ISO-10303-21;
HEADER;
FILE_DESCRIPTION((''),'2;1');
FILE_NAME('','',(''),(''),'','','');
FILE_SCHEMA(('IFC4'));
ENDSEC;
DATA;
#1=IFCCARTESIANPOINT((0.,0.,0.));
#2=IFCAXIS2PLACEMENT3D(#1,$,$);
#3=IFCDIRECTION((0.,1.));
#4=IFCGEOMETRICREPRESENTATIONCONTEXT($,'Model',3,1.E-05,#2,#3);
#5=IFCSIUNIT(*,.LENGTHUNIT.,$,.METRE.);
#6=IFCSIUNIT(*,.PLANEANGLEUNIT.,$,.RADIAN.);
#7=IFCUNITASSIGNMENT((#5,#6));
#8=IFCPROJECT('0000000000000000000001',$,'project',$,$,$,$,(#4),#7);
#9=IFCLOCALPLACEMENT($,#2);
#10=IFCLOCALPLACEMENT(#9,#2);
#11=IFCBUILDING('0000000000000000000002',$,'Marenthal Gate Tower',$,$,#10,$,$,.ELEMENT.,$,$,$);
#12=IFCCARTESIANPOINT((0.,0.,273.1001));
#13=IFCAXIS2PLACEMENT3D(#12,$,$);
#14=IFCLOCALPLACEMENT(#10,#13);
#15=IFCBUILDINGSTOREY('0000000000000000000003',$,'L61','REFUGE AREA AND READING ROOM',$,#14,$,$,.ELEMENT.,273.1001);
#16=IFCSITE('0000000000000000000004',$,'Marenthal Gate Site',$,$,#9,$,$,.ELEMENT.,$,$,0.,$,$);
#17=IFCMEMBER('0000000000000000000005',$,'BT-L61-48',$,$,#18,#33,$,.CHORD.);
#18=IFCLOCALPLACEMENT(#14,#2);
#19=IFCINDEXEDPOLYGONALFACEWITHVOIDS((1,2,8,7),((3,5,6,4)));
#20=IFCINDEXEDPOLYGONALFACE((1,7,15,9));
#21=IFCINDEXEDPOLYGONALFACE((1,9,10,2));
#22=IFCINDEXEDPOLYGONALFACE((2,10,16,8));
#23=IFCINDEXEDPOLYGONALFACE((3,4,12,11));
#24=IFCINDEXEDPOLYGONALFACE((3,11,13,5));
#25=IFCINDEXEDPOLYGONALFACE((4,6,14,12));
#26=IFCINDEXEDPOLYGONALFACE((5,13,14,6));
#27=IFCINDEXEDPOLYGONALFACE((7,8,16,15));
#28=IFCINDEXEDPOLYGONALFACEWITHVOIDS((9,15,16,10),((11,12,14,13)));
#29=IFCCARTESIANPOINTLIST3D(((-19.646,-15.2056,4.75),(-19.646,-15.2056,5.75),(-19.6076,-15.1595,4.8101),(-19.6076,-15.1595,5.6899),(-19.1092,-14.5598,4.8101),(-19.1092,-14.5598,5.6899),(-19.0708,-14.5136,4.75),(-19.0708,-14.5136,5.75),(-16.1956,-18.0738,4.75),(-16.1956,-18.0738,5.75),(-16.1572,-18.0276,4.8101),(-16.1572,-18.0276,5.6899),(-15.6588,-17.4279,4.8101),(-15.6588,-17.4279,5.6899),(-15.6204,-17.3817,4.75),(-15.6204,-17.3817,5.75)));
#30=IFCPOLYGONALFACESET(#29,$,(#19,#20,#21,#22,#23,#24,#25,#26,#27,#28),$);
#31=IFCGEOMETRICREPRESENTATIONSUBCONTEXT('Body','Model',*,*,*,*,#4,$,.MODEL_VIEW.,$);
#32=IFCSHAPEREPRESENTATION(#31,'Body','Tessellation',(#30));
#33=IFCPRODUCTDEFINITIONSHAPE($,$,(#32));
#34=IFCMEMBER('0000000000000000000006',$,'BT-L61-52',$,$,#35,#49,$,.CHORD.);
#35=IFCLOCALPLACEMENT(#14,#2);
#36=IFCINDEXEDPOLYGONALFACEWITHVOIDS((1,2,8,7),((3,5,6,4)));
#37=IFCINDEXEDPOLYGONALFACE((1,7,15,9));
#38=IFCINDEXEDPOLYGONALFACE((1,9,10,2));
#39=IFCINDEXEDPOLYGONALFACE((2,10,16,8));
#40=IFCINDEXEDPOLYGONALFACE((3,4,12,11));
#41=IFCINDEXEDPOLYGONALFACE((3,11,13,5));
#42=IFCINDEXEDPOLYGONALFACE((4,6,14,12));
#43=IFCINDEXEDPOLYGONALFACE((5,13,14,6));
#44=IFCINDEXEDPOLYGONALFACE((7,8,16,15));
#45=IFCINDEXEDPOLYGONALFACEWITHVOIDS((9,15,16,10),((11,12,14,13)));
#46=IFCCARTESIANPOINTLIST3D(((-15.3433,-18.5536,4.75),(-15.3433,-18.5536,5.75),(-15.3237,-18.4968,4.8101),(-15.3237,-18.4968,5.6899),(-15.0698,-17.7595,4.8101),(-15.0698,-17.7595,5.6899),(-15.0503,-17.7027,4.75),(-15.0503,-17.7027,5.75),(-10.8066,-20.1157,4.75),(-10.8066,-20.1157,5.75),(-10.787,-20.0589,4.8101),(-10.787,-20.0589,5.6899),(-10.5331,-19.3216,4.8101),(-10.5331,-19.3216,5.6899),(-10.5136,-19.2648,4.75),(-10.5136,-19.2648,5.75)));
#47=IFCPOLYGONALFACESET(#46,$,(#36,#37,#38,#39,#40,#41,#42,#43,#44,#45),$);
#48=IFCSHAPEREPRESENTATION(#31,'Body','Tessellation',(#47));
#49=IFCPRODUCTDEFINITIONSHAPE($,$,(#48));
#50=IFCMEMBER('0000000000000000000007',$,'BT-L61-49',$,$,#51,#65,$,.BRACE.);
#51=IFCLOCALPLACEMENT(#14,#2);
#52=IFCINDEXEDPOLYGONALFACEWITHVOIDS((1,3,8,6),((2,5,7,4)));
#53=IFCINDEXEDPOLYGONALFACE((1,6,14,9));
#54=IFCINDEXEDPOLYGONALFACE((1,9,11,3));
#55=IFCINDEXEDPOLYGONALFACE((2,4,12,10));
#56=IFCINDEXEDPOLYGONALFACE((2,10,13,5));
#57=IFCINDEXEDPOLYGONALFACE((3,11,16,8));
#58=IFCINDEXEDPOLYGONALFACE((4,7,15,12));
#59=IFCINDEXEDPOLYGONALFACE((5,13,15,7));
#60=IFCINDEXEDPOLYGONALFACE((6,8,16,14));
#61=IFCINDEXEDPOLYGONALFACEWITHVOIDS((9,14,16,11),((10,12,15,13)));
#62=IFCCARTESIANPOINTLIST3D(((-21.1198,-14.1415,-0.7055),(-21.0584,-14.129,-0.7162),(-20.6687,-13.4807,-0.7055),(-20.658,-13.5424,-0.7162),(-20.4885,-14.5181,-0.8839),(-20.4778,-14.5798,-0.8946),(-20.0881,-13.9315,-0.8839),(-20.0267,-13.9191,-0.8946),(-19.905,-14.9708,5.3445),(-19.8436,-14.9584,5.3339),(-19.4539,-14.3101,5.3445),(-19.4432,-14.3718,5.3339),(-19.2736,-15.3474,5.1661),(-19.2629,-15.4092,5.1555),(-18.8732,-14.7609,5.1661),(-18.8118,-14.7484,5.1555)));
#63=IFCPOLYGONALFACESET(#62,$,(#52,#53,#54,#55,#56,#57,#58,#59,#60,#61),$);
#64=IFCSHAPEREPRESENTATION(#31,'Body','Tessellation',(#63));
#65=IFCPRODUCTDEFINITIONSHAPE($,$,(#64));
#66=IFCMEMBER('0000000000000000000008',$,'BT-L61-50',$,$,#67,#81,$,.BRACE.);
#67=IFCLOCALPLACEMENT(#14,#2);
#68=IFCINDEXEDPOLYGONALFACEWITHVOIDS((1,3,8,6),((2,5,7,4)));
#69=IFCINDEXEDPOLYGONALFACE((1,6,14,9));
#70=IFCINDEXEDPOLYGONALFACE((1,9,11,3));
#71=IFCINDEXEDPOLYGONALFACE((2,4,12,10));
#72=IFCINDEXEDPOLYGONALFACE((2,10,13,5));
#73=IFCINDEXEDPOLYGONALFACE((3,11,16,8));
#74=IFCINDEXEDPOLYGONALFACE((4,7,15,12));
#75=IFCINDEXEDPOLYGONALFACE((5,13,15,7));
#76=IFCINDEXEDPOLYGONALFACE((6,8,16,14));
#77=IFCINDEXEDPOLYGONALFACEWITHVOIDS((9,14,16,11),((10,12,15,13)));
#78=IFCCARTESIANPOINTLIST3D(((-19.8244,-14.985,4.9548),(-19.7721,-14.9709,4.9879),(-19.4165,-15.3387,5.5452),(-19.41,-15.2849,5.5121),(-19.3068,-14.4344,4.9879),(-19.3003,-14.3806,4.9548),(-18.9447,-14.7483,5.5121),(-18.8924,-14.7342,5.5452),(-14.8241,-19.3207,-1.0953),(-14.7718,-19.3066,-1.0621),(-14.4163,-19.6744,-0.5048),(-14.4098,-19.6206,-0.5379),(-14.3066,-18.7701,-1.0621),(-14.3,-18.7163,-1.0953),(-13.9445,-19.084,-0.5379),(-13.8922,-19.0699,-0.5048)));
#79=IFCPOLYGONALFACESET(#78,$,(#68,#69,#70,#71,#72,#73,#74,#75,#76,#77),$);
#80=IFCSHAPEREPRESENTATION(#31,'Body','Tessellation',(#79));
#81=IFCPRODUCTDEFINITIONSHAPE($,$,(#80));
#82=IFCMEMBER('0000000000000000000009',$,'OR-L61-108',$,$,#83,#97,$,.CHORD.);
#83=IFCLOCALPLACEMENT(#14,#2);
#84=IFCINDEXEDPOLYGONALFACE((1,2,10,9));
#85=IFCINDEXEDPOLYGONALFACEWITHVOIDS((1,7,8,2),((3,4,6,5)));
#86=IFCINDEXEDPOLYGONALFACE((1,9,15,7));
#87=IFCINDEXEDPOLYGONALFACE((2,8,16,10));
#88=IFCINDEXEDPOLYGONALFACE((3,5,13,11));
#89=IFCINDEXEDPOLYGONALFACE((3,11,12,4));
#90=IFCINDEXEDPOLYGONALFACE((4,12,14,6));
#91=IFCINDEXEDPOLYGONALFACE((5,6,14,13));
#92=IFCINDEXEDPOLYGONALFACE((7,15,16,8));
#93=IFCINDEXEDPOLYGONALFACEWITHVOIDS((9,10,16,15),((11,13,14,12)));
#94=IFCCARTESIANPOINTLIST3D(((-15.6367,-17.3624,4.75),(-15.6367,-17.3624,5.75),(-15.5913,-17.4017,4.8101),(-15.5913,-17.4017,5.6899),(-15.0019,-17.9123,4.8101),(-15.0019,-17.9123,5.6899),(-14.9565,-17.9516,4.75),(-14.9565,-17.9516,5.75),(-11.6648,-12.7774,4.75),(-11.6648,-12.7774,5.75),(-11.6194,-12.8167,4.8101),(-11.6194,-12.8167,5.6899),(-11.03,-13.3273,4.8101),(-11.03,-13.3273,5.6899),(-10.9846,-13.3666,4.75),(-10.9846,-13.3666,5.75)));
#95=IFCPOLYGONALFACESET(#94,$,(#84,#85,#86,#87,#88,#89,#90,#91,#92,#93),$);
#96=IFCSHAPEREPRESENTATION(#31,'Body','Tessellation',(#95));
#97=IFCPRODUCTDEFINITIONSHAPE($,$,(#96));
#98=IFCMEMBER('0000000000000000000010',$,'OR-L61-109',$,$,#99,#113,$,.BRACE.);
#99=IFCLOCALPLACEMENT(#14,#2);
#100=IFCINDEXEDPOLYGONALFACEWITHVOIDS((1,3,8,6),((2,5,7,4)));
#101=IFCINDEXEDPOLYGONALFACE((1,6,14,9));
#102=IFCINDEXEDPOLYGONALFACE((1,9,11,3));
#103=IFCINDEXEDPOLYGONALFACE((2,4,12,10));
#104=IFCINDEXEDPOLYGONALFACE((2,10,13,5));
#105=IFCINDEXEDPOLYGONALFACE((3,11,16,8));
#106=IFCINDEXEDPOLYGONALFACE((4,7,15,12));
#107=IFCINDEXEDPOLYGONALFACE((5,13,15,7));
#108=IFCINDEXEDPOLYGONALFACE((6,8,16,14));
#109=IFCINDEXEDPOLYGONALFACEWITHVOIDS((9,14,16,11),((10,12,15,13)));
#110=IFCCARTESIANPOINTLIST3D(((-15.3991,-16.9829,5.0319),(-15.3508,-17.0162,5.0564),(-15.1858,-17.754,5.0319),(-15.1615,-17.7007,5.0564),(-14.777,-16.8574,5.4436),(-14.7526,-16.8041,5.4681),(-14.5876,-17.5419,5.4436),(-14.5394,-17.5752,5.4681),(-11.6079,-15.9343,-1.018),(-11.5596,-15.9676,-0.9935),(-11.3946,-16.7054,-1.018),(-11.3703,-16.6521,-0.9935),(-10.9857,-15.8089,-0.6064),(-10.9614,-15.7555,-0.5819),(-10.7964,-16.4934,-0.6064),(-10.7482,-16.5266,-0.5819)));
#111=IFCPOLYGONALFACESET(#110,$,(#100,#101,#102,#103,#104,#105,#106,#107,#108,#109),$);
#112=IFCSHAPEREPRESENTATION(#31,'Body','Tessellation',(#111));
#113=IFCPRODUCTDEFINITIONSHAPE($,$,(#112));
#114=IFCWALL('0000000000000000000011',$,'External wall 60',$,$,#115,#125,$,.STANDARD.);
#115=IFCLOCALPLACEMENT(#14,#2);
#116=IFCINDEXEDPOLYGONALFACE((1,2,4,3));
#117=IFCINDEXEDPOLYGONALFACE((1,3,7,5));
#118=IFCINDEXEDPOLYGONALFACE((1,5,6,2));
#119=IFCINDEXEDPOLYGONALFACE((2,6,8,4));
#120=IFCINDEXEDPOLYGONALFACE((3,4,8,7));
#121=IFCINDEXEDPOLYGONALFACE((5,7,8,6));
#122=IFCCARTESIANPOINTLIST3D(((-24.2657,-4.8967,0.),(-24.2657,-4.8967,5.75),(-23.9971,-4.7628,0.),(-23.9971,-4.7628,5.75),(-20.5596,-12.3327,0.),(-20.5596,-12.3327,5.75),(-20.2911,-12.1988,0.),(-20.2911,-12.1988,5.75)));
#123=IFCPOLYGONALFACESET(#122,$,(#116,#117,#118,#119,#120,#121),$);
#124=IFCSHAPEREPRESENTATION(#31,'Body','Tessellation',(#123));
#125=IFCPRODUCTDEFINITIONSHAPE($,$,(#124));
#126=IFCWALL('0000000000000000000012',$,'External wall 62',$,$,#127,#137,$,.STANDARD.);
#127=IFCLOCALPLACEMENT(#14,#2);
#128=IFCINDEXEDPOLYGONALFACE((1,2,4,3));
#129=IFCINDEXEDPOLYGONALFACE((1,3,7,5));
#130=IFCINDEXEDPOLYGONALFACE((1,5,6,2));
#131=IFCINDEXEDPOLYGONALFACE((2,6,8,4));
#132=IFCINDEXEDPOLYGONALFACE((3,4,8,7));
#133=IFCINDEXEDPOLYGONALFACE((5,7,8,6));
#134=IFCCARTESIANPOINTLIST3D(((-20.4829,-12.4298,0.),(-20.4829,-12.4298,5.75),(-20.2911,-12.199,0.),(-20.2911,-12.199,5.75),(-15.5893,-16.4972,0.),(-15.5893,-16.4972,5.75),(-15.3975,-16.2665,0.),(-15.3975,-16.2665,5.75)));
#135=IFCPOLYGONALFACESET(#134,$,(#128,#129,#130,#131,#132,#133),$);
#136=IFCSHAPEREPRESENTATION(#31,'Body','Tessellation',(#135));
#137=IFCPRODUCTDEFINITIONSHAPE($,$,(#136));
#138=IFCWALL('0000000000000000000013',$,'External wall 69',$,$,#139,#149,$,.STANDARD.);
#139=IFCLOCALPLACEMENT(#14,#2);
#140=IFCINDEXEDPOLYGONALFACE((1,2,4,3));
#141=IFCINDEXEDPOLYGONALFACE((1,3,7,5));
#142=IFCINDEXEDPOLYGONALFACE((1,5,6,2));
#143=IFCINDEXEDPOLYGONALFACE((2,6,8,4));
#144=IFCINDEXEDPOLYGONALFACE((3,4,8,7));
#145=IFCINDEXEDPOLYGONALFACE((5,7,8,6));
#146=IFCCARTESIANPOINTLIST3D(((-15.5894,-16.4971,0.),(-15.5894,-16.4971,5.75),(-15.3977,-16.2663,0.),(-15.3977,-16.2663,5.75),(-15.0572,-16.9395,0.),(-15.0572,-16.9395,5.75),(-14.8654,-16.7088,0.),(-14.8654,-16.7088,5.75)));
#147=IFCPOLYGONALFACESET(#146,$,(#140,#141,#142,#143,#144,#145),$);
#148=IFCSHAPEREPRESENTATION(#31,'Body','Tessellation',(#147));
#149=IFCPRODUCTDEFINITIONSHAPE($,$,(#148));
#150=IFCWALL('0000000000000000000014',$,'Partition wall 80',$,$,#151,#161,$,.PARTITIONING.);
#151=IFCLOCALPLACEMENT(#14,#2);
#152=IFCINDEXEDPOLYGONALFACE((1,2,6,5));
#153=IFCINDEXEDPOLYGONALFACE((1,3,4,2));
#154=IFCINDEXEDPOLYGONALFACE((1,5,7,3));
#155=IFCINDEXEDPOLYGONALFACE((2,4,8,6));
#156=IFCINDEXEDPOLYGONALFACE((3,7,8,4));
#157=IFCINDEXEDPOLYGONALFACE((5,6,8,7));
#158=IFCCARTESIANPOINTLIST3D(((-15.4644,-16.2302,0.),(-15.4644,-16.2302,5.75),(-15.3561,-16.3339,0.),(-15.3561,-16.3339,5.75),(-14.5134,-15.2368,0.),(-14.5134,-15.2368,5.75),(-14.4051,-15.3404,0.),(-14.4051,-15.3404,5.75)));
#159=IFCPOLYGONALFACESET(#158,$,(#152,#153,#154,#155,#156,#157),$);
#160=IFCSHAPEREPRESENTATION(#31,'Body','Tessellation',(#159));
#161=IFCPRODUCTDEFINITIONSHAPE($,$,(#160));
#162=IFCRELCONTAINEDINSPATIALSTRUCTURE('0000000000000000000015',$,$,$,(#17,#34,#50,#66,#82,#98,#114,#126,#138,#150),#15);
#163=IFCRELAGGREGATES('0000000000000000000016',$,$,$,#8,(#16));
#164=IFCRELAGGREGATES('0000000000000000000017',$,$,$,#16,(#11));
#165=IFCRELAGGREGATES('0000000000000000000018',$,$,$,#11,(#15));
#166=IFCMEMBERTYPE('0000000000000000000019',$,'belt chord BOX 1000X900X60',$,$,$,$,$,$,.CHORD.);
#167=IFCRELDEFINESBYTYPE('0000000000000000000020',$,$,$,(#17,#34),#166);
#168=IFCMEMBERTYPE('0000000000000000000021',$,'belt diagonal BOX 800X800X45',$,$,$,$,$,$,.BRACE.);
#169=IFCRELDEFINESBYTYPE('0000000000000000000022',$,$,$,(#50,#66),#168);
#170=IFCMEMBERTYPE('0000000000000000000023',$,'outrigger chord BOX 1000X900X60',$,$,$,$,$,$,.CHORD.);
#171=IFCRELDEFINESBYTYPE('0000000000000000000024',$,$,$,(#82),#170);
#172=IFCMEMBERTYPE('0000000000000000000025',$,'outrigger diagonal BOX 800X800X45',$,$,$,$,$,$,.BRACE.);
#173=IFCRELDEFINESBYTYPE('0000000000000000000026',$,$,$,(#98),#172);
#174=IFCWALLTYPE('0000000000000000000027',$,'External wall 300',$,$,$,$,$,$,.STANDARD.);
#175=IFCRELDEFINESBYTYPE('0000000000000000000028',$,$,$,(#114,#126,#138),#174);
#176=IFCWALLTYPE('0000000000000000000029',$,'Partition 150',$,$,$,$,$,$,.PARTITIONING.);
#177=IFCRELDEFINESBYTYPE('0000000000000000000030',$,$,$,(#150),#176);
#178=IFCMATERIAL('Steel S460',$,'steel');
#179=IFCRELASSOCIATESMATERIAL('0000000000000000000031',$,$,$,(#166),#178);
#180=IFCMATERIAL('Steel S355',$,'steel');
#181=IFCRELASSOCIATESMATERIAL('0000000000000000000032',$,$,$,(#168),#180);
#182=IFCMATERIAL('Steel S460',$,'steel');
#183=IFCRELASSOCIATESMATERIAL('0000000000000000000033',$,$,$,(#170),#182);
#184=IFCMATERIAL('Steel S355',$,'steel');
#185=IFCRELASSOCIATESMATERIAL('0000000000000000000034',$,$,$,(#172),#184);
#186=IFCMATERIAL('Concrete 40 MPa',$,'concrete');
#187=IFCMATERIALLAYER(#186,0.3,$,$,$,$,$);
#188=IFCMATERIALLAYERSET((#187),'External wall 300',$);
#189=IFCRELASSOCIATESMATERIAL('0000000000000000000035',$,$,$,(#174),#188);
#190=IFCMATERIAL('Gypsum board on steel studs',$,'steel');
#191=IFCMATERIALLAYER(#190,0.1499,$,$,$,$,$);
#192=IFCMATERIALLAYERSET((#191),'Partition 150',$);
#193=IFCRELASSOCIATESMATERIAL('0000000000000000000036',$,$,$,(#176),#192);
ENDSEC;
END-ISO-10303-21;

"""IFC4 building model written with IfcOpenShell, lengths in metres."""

from ifc_helpers import new_model, si_unit, direction, frame, frame_2d, origin, origin_2d, place, context, subcontext, project, spatial, rectangle, hollow_rectangle, extrude, material, layer, layer_set, material_profile, profile_set, type_object, element, save


model = new_model("IFC4")

# Units and contexts
model_context = context("Model", 3, precision=1e-05, world=origin(), true_north=direction((0.0, 1.0)))
body_context = subcontext(model_context, "Body", "Model", "MODEL_VIEW")
ifc_project = project(units=[si_unit("LENGTHUNIT", "METRE"), si_unit("PLANEANGLEUNIT", "RADIAN")], contexts=[model_context])

# Site, building, storey
site_placement = place(None, origin())
site = spatial("IfcSite", under=ifc_project, at=site_placement, Name="Marenthal Gate Site", CompositionType="ELEMENT", RefElevation=0.0)
building_placement = place(site_placement, origin())
building = spatial("IfcBuilding", under=site, at=building_placement, Name="Marenthal Gate Tower", CompositionType="ELEMENT")
storey_placement = place(building_placement, frame((0.0, 0.0, 273.1001)))
storey = spatial("IfcBuildingStorey", under=building, at=storey_placement, Name="L61", Description="REFUGE AREA AND READING ROOM", CompositionType="ELEMENT", Elevation=273.1001)

# Members
ifc_material_1 = material(Name="Steel S460", Category="steel")
ifc_material_profile_1 = material_profile(ifc_material_1, hollow_rectangle(XDim=0.8999, YDim=1.0, WallThickness=0.0601, at=origin_2d()), Name="BOX 1000X900X60")
ifc_profile_set_1 = profile_set([ifc_material_profile_1], Name="Steel S460")
member_type_1 = type_object("IfcMemberType", Name="belt chord BOX 1000X900X60", PredefinedType="CHORD", material=ifc_profile_set_1)
for number, where, z_axis, x_axis, name in (
    (1, (-19.3584, -14.8596, 5.25), (0.76901, -0.639237, 0.0), (0.639237, 0.76901, 0.0), "BT-L61-48"),
):
    element("IfcMember", number, at=place(storey_placement, frame(where, z_axis=z_axis, x_axis=x_axis)), inside=storey, type_object=member_type_1, Name=name, PredefinedType="CHORD", context=body_context, shape_type="SweptSolid", body=[
        extrude(hollow_rectangle(XDim=0.8999, YDim=1.0, WallThickness=0.0601, at=origin_2d()), origin(), (0.0, 0.0, 1.0), 4.4868),
    ])
member_1_placement = place(storey_placement, frame((-15.1968, -18.1282, 5.25), z_axis=(0.945523, -0.325555, 0.0), x_axis=(0.325555, 0.945523, 0.0)))
element("IfcMember", 2, at=member_1_placement, inside=storey, type_object=member_type_1, Name="BT-L61-52", PredefinedType="CHORD", context=body_context, shape_type="SweptSolid", body=[
    extrude(hollow_rectangle(XDim=0.8999, YDim=1.0, WallThickness=0.0601, at=origin_2d()), origin(), (0.0, 0.0, 1.0), 4.7981),
])
ifc_material_2 = material(Name="Steel S355", Category="steel")
ifc_material_profile_2 = material_profile(ifc_material_2, hollow_rectangle(XDim=0.8, YDim=0.8, WallThickness=0.0449, at=origin_2d()), Name="BOX 800X800X45")
ifc_profile_set_2 = profile_set([ifc_material_profile_2], Name="Steel S355")
member_type_2 = type_object("IfcMemberType", Name="belt diagonal BOX 800X800X45", PredefinedType="BRACE", material=ifc_profile_set_2)
member_2_placement = place(storey_placement, frame((-20.5732, -14.0303, -0.8), z_axis=(0.195115, -0.133201, 0.971693), x_axis=(0.563821, 0.825897, 0.0)))
element("IfcMember", 3, at=member_2_placement, inside=storey, type_object=member_type_2, Name="BT-L61-49", PredefinedType="BRACE", context=body_context, shape_type="SweptSolid", body=[
    extrude(hollow_rectangle(XDim=0.8, YDim=0.8, WallThickness=0.0449, at=origin_2d()), origin(), (0.0, 0.0, 1.0), 6.2263),
])
member_3_placement = place(storey_placement, frame((-19.3584, -14.8596, 5.25), z_axis=(0.557639, -0.483527, -0.674715), x_axis=(0.655116, 0.755528, 0.0)))
element("IfcMember", 4, at=member_3_placement, inside=storey, type_object=member_type_2, Name="BT-L61-50", PredefinedType="BRACE", context=body_context, shape_type="SweptSolid", body=[
    extrude(hollow_rectangle(XDim=0.8, YDim=0.8, WallThickness=0.0449, at=origin_2d()), origin(), (0.0, 0.0, 1.0), 8.9668),
])
ifc_material_3 = material(Name="Steel S460", Category="steel")
ifc_material_profile_3 = material_profile(ifc_material_3, hollow_rectangle(XDim=0.8999, YDim=1.0, WallThickness=0.0601, at=origin_2d()), Name="BOX 1000X900X60")
ifc_profile_set_3 = profile_set([ifc_material_profile_3], Name="Steel S460")
member_type_3 = type_object("IfcMemberType", Name="outrigger chord BOX 1000X900X60", PredefinedType="CHORD", material=ifc_profile_set_3)
member_4_placement = place(storey_placement, frame((-15.2966, -17.657, 5.25), z_axis=(0.65477, 0.755828, 0.0), x_axis=(-0.755828, 0.65477, 0.0)))
element("IfcMember", 5, at=member_4_placement, inside=storey, type_object=member_type_3, Name="OR-L61-108", PredefinedType="CHORD", context=body_context, shape_type="SweptSolid", body=[
    extrude(hollow_rectangle(XDim=0.8999, YDim=1.0, WallThickness=0.0601, at=origin_2d()), origin(), (0.0, 0.0, 1.0), 6.0662),
])
ifc_material_4 = material(Name="Steel S355", Category="steel")
ifc_material_profile_4 = material_profile(ifc_material_4, hollow_rectangle(XDim=0.8, YDim=0.8, WallThickness=0.0449, at=origin_2d()), Name="BOX 800X800X45")
ifc_profile_set_4 = profile_set([ifc_material_profile_4], Name="Steel S355")
member_type_4 = type_object("IfcMemberType", Name="outrigger diagonal BOX 800X800X45", PredefinedType="BRACE", material=ifc_profile_set_4)
member_5_placement = place(storey_placement, frame((-14.9692, -17.2791, 5.25), z_axis=(0.525368, 0.145306, -0.838376), x_axis=(-0.266571, 0.963815, 0.0)))
element("IfcMember", 6, at=member_5_placement, inside=storey, type_object=member_type_4, Name="OR-L61-109", PredefinedType="BRACE", context=body_context, shape_type="SweptSolid", body=[
    extrude(hollow_rectangle(XDim=0.8, YDim=0.8, WallThickness=0.0449, at=origin_2d()), origin(), (0.0, 0.0, 1.0), 7.2163),
])

# Walls
ifc_material_5 = material(Name="Concrete 40 MPa", Category="concrete")
ifc_layer_1 = layer(ifc_material_5, 0.3)
ifc_layer_set_1 = layer_set([ifc_layer_1], Name="External wall 300")
wall_type_1 = type_object("IfcWallType", Name="External wall 300", PredefinedType="STANDARD", material=ifc_layer_set_1)
wall_1_placement = place(storey_placement, frame((-20.4253, -12.2659, 0.0), z_axis=(0.0, 0.0, 1.0), x_axis=(-0.446061, 0.895002, 0.0)))
element("IfcWall", 7, at=wall_1_placement, inside=storey, type_object=wall_type_1, Name="External wall 60", PredefinedType="STANDARD", context=body_context, shape_type="SweptSolid", body=[
    extrude(rectangle(XDim=8.3083, YDim=0.3, at=frame_2d((4.1543, 0.0))), origin(), (0.0, 0.0, 1.0), 5.75),
])
wall_2_placement = place(storey_placement, frame((-15.4934, -16.3818, 0.0), z_axis=(0.0, 0.0, 1.0), x_axis=(-0.769038, 0.639203, 0.0)))
element("IfcWall", 8, at=wall_2_placement, inside=storey, type_object=wall_type_1, Name="External wall 62", PredefinedType="STANDARD", context=body_context, shape_type="SweptSolid", body=[
    extrude(rectangle(XDim=6.3633, YDim=0.3, at=frame_2d((3.1816, 0.0))), origin(), (0.0, 0.0, 1.0), 5.75),
])
wall_3_placement = place(storey_placement, frame((-14.9612, -16.8242, 0.0), z_axis=(0.0, 0.0, 1.0), x_axis=(-0.76903, 0.639212, 0.0)))
element("IfcWall", 9, at=wall_3_placement, inside=storey, type_object=wall_type_1, Name="External wall 69", PredefinedType="STANDARD", context=body_context, shape_type="SweptSolid", body=[
    extrude(rectangle(XDim=0.6921, YDim=0.3, at=frame_2d((0.3462, 0.0))), origin(), (0.0, 0.0, 1.0), 5.75),
])
ifc_material_6 = material(Name="Gypsum board on steel studs", Category="steel")
ifc_layer_2 = layer(ifc_material_6, 0.1499)
ifc_layer_set_2 = layer_set([ifc_layer_2], Name="Partition 150")
wall_type_2 = type_object("IfcWallType", Name="Partition 150", PredefinedType="PARTITIONING", material=ifc_layer_set_2)
wall_4_placement = place(storey_placement, frame((-15.4102, -16.282, 0.0), z_axis=(0.0, 0.0, 1.0), x_axis=(0.691493, 0.722383, 0.0)))
element("IfcWall", 10, at=wall_4_placement, inside=storey, type_object=wall_type_2, Name="Partition wall 80", PredefinedType="PARTITIONING", context=body_context, shape_type="SweptSolid", body=[
    extrude(rectangle(XDim=1.3752, YDim=0.1499, at=frame_2d((0.6875, 0.0))), origin(), (0.0, 0.0, 1.0), 5.75),
])

save(model, "model.ifc")
